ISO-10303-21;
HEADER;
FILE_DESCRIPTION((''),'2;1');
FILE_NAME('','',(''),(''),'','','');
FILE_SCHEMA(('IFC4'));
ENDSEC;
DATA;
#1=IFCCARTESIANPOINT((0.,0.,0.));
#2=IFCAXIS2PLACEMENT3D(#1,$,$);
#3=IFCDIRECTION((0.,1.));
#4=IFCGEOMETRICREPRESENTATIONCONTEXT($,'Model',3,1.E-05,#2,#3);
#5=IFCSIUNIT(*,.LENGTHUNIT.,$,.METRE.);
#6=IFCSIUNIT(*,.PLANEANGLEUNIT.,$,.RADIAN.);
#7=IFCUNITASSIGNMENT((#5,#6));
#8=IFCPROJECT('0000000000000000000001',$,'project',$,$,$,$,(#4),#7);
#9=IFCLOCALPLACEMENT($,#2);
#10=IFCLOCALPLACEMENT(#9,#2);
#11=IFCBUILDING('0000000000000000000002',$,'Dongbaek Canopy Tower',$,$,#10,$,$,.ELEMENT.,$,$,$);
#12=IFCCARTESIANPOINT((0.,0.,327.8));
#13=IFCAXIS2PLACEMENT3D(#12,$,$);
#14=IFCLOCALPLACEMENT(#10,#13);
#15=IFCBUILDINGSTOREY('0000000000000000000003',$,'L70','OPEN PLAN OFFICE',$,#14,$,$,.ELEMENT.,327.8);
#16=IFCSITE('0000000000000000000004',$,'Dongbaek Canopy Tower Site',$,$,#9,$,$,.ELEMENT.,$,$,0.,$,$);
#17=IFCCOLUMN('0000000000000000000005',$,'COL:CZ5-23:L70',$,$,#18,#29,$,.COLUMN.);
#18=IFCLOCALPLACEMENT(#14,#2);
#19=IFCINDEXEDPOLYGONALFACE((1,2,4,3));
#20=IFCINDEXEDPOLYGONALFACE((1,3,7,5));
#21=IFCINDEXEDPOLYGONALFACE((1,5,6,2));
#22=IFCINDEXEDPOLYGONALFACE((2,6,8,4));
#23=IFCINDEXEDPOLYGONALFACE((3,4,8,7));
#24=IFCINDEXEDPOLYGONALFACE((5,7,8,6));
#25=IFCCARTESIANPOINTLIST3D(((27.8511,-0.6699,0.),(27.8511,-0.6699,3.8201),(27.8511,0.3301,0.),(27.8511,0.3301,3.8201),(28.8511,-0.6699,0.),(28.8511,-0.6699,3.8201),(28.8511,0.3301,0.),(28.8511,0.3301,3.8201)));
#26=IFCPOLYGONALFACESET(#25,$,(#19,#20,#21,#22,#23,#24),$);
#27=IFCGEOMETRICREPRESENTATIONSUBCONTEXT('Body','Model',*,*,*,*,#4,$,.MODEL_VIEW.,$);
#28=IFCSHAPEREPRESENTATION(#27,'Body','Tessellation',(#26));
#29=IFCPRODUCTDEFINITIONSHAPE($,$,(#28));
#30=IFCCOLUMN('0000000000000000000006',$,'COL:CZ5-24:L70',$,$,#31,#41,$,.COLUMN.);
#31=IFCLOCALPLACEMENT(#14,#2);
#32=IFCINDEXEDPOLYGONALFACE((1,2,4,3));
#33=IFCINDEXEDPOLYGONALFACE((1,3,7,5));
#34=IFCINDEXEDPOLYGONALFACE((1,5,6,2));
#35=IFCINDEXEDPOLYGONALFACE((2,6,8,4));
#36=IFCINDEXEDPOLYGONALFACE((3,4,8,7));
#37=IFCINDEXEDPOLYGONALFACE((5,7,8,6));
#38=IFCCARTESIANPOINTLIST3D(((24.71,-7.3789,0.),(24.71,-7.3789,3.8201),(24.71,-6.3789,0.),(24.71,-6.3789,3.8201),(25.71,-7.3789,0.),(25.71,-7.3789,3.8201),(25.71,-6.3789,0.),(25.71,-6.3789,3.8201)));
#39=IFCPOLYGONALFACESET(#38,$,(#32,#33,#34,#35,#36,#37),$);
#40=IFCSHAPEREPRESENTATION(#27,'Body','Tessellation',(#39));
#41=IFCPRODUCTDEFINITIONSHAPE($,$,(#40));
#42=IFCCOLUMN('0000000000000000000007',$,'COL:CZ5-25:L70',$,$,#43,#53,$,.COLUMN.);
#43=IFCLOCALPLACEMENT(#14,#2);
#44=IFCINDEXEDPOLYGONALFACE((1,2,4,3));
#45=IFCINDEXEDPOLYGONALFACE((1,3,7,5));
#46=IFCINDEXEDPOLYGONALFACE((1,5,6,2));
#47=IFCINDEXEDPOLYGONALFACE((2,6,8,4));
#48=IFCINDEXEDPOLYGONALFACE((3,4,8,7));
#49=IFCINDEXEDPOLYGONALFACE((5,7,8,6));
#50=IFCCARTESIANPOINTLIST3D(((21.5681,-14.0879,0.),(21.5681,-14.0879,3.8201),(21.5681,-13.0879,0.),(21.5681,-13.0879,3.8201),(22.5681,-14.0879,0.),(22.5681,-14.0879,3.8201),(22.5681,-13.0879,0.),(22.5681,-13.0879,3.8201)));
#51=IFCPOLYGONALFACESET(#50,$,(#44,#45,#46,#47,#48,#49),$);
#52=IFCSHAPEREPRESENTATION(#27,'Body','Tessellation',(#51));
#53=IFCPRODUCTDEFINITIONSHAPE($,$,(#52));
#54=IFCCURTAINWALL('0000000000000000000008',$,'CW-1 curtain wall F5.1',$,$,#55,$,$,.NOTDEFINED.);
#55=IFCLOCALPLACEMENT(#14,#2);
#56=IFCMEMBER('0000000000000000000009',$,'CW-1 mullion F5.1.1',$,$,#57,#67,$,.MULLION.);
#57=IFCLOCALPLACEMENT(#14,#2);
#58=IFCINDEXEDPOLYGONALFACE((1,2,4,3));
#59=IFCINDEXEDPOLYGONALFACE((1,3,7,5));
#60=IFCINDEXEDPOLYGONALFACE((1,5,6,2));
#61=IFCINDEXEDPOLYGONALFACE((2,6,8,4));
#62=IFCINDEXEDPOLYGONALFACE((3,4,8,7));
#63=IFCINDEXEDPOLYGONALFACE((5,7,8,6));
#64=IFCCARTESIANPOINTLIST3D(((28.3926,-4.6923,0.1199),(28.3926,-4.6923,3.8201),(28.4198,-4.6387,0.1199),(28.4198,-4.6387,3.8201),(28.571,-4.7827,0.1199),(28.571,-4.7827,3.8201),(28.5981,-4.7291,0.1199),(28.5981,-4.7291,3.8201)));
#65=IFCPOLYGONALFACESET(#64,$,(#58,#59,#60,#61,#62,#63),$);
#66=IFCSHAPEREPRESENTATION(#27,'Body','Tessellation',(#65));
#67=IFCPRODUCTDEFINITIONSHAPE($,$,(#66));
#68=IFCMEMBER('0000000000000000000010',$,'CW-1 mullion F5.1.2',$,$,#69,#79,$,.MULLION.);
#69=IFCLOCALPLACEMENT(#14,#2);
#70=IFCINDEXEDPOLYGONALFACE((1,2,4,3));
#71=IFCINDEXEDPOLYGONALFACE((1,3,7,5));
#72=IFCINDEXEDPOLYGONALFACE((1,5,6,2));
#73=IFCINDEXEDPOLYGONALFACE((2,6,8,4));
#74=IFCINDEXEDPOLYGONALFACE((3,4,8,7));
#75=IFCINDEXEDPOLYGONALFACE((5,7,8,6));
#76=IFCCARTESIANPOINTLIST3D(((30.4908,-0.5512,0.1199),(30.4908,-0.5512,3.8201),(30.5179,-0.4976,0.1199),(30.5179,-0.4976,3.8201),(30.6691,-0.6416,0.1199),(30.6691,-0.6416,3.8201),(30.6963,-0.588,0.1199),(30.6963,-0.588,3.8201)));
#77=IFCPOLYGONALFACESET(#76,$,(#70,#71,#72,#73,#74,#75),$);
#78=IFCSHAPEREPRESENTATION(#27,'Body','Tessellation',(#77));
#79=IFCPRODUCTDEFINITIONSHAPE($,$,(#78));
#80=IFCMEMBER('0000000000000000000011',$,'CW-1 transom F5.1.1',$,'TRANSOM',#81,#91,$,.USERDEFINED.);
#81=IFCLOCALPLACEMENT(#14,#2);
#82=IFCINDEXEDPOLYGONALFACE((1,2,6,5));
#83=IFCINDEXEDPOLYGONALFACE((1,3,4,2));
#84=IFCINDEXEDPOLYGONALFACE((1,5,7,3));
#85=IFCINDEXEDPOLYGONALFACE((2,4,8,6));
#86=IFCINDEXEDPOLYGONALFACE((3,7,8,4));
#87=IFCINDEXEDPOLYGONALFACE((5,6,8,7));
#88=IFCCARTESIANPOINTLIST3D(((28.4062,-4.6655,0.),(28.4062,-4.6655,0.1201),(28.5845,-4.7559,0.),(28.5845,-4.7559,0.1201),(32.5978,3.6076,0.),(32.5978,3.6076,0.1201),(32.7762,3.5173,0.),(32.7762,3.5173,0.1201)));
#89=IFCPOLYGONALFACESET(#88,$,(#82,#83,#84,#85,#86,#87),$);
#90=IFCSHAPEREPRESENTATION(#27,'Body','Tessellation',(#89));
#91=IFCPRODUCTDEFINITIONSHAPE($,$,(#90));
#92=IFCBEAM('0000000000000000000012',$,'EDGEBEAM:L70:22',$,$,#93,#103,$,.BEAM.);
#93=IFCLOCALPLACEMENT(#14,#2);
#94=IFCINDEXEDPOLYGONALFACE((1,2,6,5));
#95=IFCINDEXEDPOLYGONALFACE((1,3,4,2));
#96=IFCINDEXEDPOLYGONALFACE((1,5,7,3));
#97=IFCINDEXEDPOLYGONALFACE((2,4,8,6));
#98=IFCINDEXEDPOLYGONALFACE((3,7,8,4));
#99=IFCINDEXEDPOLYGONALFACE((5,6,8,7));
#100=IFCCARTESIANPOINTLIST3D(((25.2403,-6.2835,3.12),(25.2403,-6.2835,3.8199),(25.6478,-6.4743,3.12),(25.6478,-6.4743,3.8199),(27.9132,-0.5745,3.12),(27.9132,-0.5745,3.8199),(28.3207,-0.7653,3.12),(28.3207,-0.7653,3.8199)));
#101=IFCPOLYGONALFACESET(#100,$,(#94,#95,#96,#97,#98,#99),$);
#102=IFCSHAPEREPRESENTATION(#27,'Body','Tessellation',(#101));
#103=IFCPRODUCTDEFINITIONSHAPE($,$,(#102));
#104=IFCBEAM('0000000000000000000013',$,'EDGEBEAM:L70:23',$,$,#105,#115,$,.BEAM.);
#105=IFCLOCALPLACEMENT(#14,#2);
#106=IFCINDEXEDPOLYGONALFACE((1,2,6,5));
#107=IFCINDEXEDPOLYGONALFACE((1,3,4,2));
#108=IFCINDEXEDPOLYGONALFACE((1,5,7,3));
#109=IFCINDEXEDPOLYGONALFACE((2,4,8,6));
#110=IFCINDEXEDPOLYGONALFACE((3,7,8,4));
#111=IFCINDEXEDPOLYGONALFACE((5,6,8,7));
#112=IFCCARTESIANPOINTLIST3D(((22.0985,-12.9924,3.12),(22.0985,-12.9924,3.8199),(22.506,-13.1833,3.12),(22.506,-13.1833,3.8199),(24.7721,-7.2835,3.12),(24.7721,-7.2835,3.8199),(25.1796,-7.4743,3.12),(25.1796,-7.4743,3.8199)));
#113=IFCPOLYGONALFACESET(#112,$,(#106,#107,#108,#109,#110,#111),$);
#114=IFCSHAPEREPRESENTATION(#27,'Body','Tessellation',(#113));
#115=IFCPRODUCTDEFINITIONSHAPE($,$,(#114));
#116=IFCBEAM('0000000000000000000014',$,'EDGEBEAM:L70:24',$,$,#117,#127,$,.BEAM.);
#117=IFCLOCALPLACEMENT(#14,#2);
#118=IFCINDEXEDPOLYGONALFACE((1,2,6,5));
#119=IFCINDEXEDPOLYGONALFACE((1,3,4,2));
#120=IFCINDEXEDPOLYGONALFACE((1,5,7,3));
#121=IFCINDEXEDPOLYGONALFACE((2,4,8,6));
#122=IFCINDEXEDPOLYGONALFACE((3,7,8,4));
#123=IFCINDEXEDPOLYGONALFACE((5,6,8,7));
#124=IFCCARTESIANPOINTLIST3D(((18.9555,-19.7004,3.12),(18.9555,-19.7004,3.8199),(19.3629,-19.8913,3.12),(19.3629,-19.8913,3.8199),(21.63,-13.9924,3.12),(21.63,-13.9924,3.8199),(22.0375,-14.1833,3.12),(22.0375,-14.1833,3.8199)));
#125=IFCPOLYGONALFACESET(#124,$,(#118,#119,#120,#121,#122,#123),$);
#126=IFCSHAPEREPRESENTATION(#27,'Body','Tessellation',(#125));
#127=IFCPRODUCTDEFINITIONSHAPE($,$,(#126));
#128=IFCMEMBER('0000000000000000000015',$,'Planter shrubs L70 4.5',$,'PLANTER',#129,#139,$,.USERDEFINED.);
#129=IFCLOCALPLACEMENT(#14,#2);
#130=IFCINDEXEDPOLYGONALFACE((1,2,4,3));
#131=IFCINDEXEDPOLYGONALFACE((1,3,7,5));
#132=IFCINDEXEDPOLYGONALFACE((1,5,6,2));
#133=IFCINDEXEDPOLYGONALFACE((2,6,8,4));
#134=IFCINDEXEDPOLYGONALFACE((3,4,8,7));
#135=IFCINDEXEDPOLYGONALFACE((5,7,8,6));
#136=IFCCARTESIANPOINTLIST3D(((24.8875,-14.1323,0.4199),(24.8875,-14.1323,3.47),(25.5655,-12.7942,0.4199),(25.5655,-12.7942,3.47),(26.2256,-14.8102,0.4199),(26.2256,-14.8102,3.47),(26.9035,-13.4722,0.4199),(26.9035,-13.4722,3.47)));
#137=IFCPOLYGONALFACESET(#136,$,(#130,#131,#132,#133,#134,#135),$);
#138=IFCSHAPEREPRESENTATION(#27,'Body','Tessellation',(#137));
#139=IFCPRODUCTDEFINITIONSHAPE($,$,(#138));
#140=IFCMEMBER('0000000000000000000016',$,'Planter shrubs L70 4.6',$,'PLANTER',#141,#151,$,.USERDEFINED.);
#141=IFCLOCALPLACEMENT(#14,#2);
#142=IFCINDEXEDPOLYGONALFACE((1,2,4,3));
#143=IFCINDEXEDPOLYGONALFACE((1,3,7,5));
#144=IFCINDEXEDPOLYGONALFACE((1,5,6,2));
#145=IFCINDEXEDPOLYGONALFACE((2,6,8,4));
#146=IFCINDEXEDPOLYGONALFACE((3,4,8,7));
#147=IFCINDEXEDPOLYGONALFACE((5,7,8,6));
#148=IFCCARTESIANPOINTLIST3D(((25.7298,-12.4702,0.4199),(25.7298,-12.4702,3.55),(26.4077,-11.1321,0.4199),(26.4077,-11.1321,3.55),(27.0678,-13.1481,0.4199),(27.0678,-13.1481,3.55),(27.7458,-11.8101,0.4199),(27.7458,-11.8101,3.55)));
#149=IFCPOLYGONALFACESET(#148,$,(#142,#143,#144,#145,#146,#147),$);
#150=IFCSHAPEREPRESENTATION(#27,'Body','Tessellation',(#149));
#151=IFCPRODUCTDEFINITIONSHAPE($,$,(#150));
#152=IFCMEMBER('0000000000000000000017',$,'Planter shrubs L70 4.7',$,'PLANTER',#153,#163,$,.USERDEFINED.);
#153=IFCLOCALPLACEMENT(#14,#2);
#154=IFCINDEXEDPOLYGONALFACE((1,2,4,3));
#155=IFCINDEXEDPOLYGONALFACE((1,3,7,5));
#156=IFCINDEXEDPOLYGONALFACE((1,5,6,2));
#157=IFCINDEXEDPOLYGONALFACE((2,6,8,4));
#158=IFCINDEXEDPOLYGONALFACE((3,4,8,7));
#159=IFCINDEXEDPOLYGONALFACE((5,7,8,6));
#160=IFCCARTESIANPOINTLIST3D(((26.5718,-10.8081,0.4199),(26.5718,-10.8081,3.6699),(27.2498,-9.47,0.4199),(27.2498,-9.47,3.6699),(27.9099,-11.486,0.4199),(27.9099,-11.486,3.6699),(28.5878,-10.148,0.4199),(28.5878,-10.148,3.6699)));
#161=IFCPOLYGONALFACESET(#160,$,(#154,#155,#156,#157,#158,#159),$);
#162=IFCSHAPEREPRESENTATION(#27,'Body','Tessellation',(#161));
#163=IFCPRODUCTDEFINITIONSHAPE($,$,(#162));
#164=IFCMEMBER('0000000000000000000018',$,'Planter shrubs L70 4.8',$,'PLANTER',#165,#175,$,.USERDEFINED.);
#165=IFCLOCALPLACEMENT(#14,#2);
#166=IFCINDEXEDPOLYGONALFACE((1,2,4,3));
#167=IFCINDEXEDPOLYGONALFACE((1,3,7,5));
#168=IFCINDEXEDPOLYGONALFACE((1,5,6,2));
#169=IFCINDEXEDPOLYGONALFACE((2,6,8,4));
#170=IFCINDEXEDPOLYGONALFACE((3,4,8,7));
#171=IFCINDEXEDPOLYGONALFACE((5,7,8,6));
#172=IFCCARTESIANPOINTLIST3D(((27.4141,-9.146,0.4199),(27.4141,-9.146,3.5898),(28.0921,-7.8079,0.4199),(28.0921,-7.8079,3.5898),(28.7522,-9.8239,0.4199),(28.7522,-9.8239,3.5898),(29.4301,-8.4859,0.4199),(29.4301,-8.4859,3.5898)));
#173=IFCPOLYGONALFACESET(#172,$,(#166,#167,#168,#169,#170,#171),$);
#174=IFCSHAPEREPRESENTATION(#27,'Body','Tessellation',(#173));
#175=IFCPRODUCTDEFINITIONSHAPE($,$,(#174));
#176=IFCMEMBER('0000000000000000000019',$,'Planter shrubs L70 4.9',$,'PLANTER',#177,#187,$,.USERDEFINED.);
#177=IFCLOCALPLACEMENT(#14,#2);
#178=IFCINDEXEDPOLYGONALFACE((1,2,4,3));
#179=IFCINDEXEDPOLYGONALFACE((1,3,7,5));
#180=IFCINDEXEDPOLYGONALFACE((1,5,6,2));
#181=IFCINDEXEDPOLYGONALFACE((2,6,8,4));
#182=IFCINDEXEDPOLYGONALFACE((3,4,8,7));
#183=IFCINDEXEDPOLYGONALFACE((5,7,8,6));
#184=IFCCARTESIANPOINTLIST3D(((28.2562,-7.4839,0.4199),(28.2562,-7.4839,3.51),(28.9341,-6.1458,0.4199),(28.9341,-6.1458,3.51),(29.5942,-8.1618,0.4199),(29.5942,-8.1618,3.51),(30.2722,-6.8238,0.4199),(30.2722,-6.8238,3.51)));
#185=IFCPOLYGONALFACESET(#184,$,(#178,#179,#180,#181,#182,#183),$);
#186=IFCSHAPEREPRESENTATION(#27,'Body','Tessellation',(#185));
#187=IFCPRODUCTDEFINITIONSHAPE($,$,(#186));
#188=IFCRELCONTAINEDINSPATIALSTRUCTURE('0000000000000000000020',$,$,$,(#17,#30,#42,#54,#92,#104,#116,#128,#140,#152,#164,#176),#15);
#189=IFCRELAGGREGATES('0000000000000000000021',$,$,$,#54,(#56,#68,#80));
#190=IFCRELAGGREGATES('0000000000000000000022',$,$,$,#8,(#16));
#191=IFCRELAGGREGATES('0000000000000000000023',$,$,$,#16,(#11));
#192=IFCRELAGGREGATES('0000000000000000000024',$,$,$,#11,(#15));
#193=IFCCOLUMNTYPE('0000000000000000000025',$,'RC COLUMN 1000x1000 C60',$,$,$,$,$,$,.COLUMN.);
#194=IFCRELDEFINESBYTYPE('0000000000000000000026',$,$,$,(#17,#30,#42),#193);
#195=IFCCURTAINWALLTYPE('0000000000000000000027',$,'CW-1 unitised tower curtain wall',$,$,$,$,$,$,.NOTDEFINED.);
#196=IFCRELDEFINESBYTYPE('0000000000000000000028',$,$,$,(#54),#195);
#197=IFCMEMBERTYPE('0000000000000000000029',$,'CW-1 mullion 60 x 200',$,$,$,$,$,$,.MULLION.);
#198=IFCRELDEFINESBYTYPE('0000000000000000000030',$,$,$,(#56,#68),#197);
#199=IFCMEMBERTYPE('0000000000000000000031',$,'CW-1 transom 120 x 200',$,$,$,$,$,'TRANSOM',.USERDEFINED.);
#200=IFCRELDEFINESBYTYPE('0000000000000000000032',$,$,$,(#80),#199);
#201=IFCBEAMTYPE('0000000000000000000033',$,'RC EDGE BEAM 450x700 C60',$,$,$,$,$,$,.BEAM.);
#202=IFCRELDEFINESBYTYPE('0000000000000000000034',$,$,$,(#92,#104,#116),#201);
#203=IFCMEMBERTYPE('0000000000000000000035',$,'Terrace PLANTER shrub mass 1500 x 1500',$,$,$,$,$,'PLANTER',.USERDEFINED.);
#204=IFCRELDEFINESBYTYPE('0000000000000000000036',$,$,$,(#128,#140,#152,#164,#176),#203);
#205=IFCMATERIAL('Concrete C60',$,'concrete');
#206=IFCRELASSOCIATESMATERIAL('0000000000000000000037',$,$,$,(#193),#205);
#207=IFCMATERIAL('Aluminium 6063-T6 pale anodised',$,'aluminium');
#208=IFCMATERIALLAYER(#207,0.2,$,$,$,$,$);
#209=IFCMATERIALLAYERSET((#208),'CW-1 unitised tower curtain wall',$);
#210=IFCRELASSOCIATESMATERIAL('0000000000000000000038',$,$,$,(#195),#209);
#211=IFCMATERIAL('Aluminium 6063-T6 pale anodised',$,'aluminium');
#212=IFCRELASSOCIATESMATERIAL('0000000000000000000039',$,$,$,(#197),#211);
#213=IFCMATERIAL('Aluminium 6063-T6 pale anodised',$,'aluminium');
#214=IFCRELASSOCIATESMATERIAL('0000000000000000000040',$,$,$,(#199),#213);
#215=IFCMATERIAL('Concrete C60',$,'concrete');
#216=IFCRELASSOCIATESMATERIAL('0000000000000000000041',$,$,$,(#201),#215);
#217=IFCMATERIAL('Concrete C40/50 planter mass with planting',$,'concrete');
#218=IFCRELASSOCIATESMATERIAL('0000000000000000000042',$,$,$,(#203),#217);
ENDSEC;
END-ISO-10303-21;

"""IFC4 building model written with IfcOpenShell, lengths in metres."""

from ifc_helpers import new_model, si_unit, direction, frame, origin, origin_2d, place, context, subcontext, project, spatial, rectangle, extrude, material, layer, layer_set, material_profile, profile_set, type_object, element, aggregate, save


model = new_model("IFC4")

# Units and contexts
model_context = context("Model", 3, precision=1e-05, world=origin(), true_north=direction((0.0, 1.0)))
body_context = subcontext(model_context, "Body", "Model", "MODEL_VIEW")
ifc_project = project(units=[si_unit("LENGTHUNIT", "METRE"), si_unit("PLANEANGLEUNIT", "RADIAN")], contexts=[model_context])

# Site, building, storey
site_placement = place(None, origin())
site = spatial("IfcSite", under=ifc_project, at=site_placement, Name="Dongbaek Canopy Tower Site", CompositionType="ELEMENT", RefElevation=0.0)
building_placement = place(site_placement, origin())
building = spatial("IfcBuilding", under=site, at=building_placement, Name="Dongbaek Canopy Tower", CompositionType="ELEMENT")
storey_placement = place(building_placement, frame((0.0, 0.0, 327.8)))
storey = spatial("IfcBuildingStorey", under=building, at=storey_placement, Name="L70", Description="OPEN PLAN OFFICE", CompositionType="ELEMENT", Elevation=327.8)

# Columns
ifc_material_1 = material(Name="Concrete C60", Category="concrete")
ifc_material_profile_1 = material_profile(ifc_material_1, rectangle(XDim=1.0, YDim=1.0, at=origin_2d()), Name="RC COLUMN 1000x1000 C60")
ifc_profile_set_1 = profile_set([ifc_material_profile_1], Name="Concrete C60")
column_type = type_object("IfcColumnType", Name="RC COLUMN 1000x1000 C60", PredefinedType="COLUMN", material=ifc_profile_set_1)
for number, where, z_axis, x_axis, name in (
    (1, (28.3511, -0.1699, 0.0), (0.0, 0.0, 1.0), (1.0, 0.0, 0.0), "COL:CZ5-23:L70"),
    (2, (25.21, -6.8789, 0.0), (0.0, 0.0, 1.0), (1.0, 0.0, 0.0), "COL:CZ5-24:L70"),
    (3, (22.0681, -13.5879, 0.0), (0.0, 0.0, 1.0), (1.0, 0.0, 0.0), "COL:CZ5-25:L70"),
):
    element("IfcColumn", number, at=place(storey_placement, frame(where, z_axis=z_axis, x_axis=x_axis)), inside=storey, type_object=column_type, Name=name, PredefinedType="COLUMN", context=body_context, shape_type="SweptSolid", body=[
        extrude(rectangle(XDim=1.0, YDim=1.0, at=origin_2d()), origin(), (0.0, 0.0, 1.0), 3.8201),
    ])

# Curtain wall, members
ifc_material_2 = material(Name="Aluminium 6063-T6 pale anodised", Category="aluminium")
ifc_layer_1 = layer(ifc_material_2, 0.2)
ifc_layer_set_1 = layer_set([ifc_layer_1], Name="CW-1 unitised tower curtain wall")
curtain_wall_type = type_object("IfcCurtainWallType", Name="CW-1 unitised tower curtain wall", PredefinedType="NOTDEFINED", material=ifc_layer_set_1)
curtain_wall_placement = place(storey_placement, origin())
curtain_wall = element("IfcCurtainWall", 4, at=curtain_wall_placement, inside=storey, type_object=curtain_wall_type, Name="CW-1 curtain wall F5.1", PredefinedType="NOTDEFINED")
ifc_material_3 = material(Name="Aluminium 6063-T6 pale anodised", Category="aluminium")
ifc_material_profile_2 = material_profile(ifc_material_3, rectangle(XDim=0.2, YDim=0.0601, at=origin_2d()), Name="CW-1 mullion 60 x 200")
ifc_profile_set_2 = profile_set([ifc_material_profile_2], Name="Aluminium 6063-T6 pale anodised")
member_type_1 = type_object("IfcMemberType", Name="CW-1 mullion 60 x 200", PredefinedType="MULLION", material=ifc_profile_set_2)
member_1_placement = place(storey_placement, frame((28.4954, -4.7107, 0.1199), z_axis=(0.0, 0.0, 1.0), x_axis=(0.892033, -0.45197, 0.0)))
member_1 = element("IfcMember", 5, at=member_1_placement, type_object=member_type_1, Name="CW-1 mullion F5.1.1", PredefinedType="MULLION", context=body_context, shape_type="SweptSolid", body=[
    extrude(rectangle(XDim=0.2, YDim=0.0601, at=origin_2d()), origin(), (0.0, 0.0, 1.0), 3.7002),
])
member_2_placement = place(storey_placement, frame((30.5935, -0.5696, 0.1199), z_axis=(0.0, 0.0, 1.0), x_axis=(0.892033, -0.45197, 0.0)))
member_2 = element("IfcMember", 6, at=member_2_placement, type_object=member_type_1, Name="CW-1 mullion F5.1.2", PredefinedType="MULLION", context=body_context, shape_type="SweptSolid", body=[
    extrude(rectangle(XDim=0.2, YDim=0.0601, at=origin_2d()), origin(), (0.0, 0.0, 1.0), 3.7002),
])
ifc_material_4 = material(Name="Aluminium 6063-T6 pale anodised", Category="aluminium")
ifc_material_profile_3 = material_profile(ifc_material_4, rectangle(XDim=0.2, YDim=0.1201, at=origin_2d()), Name="CW-1 transom 120 x 200")
ifc_profile_set_3 = profile_set([ifc_material_profile_3], Name="Aluminium 6063-T6 pale anodised")
member_type_2 = type_object("IfcMemberType", Name="CW-1 transom 120 x 200", ElementType="TRANSOM", PredefinedType="USERDEFINED", material=ifc_profile_set_3)
member_3_placement = place(storey_placement, frame((28.4954, -4.7107, 0.0601), z_axis=(0.451956, 0.89204, 0.0), x_axis=(-0.89204, 0.451956, 0.0)))
member_3 = element("IfcMember", 7, at=member_3_placement, type_object=member_type_2, Name="CW-1 transom F5.1.1", ObjectType="TRANSOM", PredefinedType="USERDEFINED", context=body_context, shape_type="SweptSolid", body=[
    extrude(rectangle(XDim=0.2, YDim=0.1201, at=origin_2d()), origin(), (0.0, 0.0, 1.0), 9.2744),
])

# Beams
ifc_material_5 = material(Name="Concrete C60", Category="concrete")
ifc_material_profile_4 = material_profile(ifc_material_5, rectangle(XDim=0.45, YDim=0.7, at=origin_2d()), Name="RC EDGE BEAM 450x700 C60")
ifc_profile_set_4 = profile_set([ifc_material_profile_4], Name="Concrete C60")
beam_type = type_object("IfcBeamType", Name="RC EDGE BEAM 450x700 C60", PredefinedType="BEAM", material=ifc_profile_set_4)
beam_1_placement = place(storey_placement, frame((28.1169, -0.6699, 3.47), z_axis=(-0.424013, -0.905656, 0.0), x_axis=(0.905656, -0.424013, 0.0)))
element("IfcBeam", 8, at=beam_1_placement, inside=storey, type_object=beam_type, Name="EDGEBEAM:L70:22", PredefinedType="BEAM", context=body_context, shape_type="SweptSolid", body=[
    extrude(rectangle(XDim=0.45, YDim=0.7, at=origin_2d()), origin(), (0.0, 0.0, 1.0), 6.3037),
])
beam_2_placement = place(storey_placement, frame((24.9758, -7.3789, 3.47), z_axis=(-0.424108, -0.905611, 0.0), x_axis=(0.905611, -0.424108, 0.0)))
element("IfcBeam", 9, at=beam_2_placement, inside=storey, type_object=beam_type, Name="EDGEBEAM:L70:23", PredefinedType="BEAM", context=body_context, shape_type="SweptSolid", body=[
    extrude(rectangle(XDim=0.45, YDim=0.7, at=origin_2d()), origin(), (0.0, 0.0, 1.0), 6.304),
])
beam_3_placement = place(storey_placement, frame((21.8337, -14.0879, 3.47), z_axis=(-0.424295, -0.905524, 0.0), x_axis=(0.905524, -0.424295, 0.0)))
element("IfcBeam", 10, at=beam_3_placement, inside=storey, type_object=beam_type, Name="EDGEBEAM:L70:24", PredefinedType="BEAM", context=body_context, shape_type="SweptSolid", body=[
    extrude(rectangle(XDim=0.45, YDim=0.7, at=origin_2d()), origin(), (0.0, 0.0, 1.0), 6.3035),
])

# Members
ifc_material_6 = material(Name="Concrete C40/50 planter mass with planting", Category="concrete")
ifc_material_profile_5 = material_profile(ifc_material_6, rectangle(XDim=1.5, YDim=1.5, at=origin_2d()), Name="Terrace PLANTER shrub mass 1500 x 1500")
ifc_profile_set_5 = profile_set([ifc_material_profile_5], Name="Concrete C40/50 planter mass with planting")
member_type_3 = type_object("IfcMemberType", Name="Terrace PLANTER shrub mass 1500 x 1500", ElementType="PLANTER", PredefinedType="USERDEFINED", material=ifc_profile_set_5)
member_4_placement = place(storey_placement, frame((25.8955, -13.8022, 0.4199), z_axis=(0.0, 0.0, 1.0), x_axis=(0.892033, -0.45197, 0.0)))
element("IfcMember", 11, at=member_4_placement, inside=storey, type_object=member_type_3, Name="Planter shrubs L70 4.5", ObjectType="PLANTER", PredefinedType="USERDEFINED", context=body_context, shape_type="SweptSolid", body=[
    extrude(rectangle(XDim=1.5, YDim=1.5, at=origin_2d()), origin(), (0.0, 0.0, 1.0), 3.05),
])
member_5_placement = place(storey_placement, frame((26.7378, -12.1401, 0.4199), z_axis=(0.0, 0.0, 1.0), x_axis=(0.892033, -0.45197, 0.0)))
element("IfcMember", 12, at=member_5_placement, inside=storey, type_object=member_type_3, Name="Planter shrubs L70 4.6", ObjectType="PLANTER", PredefinedType="USERDEFINED", context=body_context, shape_type="SweptSolid", body=[
    extrude(rectangle(XDim=1.5, YDim=1.5, at=origin_2d()), origin(), (0.0, 0.0, 1.0), 3.1301),
])
member_6_placement = place(storey_placement, frame((27.5798, -10.478, 0.4199), z_axis=(0.0, 0.0, 1.0), x_axis=(0.892033, -0.45197, 0.0)))
element("IfcMember", 13, at=member_6_placement, inside=storey, type_object=member_type_3, Name="Planter shrubs L70 4.7", ObjectType="PLANTER", PredefinedType="USERDEFINED", context=body_context, shape_type="SweptSolid", body=[
    extrude(rectangle(XDim=1.5, YDim=1.5, at=origin_2d()), origin(), (0.0, 0.0, 1.0), 3.25),
])
member_7_placement = place(storey_placement, frame((28.4221, -8.8159, 0.4199), z_axis=(0.0, 0.0, 1.0), x_axis=(0.892033, -0.45197, 0.0)))
element("IfcMember", 14, at=member_7_placement, inside=storey, type_object=member_type_3, Name="Planter shrubs L70 4.8", ObjectType="PLANTER", PredefinedType="USERDEFINED", context=body_context, shape_type="SweptSolid", body=[
    extrude(rectangle(XDim=1.5, YDim=1.5, at=origin_2d()), origin(), (0.0, 0.0, 1.0), 3.1699),
])
member_8_placement = place(storey_placement, frame((29.2642, -7.1538, 0.4199), z_axis=(0.0, 0.0, 1.0), x_axis=(0.892033, -0.45197, 0.0)))
element("IfcMember", 15, at=member_8_placement, inside=storey, type_object=member_type_3, Name="Planter shrubs L70 4.9", ObjectType="PLANTER", PredefinedType="USERDEFINED", context=body_context, shape_type="SweptSolid", body=[
    extrude(rectangle(XDim=1.5, YDim=1.5, at=origin_2d()), origin(), (0.0, 0.0, 1.0), 3.0901),
])

aggregate(curtain_wall, [member_1, member_2, member_3])

save(model, "model.ifc")
